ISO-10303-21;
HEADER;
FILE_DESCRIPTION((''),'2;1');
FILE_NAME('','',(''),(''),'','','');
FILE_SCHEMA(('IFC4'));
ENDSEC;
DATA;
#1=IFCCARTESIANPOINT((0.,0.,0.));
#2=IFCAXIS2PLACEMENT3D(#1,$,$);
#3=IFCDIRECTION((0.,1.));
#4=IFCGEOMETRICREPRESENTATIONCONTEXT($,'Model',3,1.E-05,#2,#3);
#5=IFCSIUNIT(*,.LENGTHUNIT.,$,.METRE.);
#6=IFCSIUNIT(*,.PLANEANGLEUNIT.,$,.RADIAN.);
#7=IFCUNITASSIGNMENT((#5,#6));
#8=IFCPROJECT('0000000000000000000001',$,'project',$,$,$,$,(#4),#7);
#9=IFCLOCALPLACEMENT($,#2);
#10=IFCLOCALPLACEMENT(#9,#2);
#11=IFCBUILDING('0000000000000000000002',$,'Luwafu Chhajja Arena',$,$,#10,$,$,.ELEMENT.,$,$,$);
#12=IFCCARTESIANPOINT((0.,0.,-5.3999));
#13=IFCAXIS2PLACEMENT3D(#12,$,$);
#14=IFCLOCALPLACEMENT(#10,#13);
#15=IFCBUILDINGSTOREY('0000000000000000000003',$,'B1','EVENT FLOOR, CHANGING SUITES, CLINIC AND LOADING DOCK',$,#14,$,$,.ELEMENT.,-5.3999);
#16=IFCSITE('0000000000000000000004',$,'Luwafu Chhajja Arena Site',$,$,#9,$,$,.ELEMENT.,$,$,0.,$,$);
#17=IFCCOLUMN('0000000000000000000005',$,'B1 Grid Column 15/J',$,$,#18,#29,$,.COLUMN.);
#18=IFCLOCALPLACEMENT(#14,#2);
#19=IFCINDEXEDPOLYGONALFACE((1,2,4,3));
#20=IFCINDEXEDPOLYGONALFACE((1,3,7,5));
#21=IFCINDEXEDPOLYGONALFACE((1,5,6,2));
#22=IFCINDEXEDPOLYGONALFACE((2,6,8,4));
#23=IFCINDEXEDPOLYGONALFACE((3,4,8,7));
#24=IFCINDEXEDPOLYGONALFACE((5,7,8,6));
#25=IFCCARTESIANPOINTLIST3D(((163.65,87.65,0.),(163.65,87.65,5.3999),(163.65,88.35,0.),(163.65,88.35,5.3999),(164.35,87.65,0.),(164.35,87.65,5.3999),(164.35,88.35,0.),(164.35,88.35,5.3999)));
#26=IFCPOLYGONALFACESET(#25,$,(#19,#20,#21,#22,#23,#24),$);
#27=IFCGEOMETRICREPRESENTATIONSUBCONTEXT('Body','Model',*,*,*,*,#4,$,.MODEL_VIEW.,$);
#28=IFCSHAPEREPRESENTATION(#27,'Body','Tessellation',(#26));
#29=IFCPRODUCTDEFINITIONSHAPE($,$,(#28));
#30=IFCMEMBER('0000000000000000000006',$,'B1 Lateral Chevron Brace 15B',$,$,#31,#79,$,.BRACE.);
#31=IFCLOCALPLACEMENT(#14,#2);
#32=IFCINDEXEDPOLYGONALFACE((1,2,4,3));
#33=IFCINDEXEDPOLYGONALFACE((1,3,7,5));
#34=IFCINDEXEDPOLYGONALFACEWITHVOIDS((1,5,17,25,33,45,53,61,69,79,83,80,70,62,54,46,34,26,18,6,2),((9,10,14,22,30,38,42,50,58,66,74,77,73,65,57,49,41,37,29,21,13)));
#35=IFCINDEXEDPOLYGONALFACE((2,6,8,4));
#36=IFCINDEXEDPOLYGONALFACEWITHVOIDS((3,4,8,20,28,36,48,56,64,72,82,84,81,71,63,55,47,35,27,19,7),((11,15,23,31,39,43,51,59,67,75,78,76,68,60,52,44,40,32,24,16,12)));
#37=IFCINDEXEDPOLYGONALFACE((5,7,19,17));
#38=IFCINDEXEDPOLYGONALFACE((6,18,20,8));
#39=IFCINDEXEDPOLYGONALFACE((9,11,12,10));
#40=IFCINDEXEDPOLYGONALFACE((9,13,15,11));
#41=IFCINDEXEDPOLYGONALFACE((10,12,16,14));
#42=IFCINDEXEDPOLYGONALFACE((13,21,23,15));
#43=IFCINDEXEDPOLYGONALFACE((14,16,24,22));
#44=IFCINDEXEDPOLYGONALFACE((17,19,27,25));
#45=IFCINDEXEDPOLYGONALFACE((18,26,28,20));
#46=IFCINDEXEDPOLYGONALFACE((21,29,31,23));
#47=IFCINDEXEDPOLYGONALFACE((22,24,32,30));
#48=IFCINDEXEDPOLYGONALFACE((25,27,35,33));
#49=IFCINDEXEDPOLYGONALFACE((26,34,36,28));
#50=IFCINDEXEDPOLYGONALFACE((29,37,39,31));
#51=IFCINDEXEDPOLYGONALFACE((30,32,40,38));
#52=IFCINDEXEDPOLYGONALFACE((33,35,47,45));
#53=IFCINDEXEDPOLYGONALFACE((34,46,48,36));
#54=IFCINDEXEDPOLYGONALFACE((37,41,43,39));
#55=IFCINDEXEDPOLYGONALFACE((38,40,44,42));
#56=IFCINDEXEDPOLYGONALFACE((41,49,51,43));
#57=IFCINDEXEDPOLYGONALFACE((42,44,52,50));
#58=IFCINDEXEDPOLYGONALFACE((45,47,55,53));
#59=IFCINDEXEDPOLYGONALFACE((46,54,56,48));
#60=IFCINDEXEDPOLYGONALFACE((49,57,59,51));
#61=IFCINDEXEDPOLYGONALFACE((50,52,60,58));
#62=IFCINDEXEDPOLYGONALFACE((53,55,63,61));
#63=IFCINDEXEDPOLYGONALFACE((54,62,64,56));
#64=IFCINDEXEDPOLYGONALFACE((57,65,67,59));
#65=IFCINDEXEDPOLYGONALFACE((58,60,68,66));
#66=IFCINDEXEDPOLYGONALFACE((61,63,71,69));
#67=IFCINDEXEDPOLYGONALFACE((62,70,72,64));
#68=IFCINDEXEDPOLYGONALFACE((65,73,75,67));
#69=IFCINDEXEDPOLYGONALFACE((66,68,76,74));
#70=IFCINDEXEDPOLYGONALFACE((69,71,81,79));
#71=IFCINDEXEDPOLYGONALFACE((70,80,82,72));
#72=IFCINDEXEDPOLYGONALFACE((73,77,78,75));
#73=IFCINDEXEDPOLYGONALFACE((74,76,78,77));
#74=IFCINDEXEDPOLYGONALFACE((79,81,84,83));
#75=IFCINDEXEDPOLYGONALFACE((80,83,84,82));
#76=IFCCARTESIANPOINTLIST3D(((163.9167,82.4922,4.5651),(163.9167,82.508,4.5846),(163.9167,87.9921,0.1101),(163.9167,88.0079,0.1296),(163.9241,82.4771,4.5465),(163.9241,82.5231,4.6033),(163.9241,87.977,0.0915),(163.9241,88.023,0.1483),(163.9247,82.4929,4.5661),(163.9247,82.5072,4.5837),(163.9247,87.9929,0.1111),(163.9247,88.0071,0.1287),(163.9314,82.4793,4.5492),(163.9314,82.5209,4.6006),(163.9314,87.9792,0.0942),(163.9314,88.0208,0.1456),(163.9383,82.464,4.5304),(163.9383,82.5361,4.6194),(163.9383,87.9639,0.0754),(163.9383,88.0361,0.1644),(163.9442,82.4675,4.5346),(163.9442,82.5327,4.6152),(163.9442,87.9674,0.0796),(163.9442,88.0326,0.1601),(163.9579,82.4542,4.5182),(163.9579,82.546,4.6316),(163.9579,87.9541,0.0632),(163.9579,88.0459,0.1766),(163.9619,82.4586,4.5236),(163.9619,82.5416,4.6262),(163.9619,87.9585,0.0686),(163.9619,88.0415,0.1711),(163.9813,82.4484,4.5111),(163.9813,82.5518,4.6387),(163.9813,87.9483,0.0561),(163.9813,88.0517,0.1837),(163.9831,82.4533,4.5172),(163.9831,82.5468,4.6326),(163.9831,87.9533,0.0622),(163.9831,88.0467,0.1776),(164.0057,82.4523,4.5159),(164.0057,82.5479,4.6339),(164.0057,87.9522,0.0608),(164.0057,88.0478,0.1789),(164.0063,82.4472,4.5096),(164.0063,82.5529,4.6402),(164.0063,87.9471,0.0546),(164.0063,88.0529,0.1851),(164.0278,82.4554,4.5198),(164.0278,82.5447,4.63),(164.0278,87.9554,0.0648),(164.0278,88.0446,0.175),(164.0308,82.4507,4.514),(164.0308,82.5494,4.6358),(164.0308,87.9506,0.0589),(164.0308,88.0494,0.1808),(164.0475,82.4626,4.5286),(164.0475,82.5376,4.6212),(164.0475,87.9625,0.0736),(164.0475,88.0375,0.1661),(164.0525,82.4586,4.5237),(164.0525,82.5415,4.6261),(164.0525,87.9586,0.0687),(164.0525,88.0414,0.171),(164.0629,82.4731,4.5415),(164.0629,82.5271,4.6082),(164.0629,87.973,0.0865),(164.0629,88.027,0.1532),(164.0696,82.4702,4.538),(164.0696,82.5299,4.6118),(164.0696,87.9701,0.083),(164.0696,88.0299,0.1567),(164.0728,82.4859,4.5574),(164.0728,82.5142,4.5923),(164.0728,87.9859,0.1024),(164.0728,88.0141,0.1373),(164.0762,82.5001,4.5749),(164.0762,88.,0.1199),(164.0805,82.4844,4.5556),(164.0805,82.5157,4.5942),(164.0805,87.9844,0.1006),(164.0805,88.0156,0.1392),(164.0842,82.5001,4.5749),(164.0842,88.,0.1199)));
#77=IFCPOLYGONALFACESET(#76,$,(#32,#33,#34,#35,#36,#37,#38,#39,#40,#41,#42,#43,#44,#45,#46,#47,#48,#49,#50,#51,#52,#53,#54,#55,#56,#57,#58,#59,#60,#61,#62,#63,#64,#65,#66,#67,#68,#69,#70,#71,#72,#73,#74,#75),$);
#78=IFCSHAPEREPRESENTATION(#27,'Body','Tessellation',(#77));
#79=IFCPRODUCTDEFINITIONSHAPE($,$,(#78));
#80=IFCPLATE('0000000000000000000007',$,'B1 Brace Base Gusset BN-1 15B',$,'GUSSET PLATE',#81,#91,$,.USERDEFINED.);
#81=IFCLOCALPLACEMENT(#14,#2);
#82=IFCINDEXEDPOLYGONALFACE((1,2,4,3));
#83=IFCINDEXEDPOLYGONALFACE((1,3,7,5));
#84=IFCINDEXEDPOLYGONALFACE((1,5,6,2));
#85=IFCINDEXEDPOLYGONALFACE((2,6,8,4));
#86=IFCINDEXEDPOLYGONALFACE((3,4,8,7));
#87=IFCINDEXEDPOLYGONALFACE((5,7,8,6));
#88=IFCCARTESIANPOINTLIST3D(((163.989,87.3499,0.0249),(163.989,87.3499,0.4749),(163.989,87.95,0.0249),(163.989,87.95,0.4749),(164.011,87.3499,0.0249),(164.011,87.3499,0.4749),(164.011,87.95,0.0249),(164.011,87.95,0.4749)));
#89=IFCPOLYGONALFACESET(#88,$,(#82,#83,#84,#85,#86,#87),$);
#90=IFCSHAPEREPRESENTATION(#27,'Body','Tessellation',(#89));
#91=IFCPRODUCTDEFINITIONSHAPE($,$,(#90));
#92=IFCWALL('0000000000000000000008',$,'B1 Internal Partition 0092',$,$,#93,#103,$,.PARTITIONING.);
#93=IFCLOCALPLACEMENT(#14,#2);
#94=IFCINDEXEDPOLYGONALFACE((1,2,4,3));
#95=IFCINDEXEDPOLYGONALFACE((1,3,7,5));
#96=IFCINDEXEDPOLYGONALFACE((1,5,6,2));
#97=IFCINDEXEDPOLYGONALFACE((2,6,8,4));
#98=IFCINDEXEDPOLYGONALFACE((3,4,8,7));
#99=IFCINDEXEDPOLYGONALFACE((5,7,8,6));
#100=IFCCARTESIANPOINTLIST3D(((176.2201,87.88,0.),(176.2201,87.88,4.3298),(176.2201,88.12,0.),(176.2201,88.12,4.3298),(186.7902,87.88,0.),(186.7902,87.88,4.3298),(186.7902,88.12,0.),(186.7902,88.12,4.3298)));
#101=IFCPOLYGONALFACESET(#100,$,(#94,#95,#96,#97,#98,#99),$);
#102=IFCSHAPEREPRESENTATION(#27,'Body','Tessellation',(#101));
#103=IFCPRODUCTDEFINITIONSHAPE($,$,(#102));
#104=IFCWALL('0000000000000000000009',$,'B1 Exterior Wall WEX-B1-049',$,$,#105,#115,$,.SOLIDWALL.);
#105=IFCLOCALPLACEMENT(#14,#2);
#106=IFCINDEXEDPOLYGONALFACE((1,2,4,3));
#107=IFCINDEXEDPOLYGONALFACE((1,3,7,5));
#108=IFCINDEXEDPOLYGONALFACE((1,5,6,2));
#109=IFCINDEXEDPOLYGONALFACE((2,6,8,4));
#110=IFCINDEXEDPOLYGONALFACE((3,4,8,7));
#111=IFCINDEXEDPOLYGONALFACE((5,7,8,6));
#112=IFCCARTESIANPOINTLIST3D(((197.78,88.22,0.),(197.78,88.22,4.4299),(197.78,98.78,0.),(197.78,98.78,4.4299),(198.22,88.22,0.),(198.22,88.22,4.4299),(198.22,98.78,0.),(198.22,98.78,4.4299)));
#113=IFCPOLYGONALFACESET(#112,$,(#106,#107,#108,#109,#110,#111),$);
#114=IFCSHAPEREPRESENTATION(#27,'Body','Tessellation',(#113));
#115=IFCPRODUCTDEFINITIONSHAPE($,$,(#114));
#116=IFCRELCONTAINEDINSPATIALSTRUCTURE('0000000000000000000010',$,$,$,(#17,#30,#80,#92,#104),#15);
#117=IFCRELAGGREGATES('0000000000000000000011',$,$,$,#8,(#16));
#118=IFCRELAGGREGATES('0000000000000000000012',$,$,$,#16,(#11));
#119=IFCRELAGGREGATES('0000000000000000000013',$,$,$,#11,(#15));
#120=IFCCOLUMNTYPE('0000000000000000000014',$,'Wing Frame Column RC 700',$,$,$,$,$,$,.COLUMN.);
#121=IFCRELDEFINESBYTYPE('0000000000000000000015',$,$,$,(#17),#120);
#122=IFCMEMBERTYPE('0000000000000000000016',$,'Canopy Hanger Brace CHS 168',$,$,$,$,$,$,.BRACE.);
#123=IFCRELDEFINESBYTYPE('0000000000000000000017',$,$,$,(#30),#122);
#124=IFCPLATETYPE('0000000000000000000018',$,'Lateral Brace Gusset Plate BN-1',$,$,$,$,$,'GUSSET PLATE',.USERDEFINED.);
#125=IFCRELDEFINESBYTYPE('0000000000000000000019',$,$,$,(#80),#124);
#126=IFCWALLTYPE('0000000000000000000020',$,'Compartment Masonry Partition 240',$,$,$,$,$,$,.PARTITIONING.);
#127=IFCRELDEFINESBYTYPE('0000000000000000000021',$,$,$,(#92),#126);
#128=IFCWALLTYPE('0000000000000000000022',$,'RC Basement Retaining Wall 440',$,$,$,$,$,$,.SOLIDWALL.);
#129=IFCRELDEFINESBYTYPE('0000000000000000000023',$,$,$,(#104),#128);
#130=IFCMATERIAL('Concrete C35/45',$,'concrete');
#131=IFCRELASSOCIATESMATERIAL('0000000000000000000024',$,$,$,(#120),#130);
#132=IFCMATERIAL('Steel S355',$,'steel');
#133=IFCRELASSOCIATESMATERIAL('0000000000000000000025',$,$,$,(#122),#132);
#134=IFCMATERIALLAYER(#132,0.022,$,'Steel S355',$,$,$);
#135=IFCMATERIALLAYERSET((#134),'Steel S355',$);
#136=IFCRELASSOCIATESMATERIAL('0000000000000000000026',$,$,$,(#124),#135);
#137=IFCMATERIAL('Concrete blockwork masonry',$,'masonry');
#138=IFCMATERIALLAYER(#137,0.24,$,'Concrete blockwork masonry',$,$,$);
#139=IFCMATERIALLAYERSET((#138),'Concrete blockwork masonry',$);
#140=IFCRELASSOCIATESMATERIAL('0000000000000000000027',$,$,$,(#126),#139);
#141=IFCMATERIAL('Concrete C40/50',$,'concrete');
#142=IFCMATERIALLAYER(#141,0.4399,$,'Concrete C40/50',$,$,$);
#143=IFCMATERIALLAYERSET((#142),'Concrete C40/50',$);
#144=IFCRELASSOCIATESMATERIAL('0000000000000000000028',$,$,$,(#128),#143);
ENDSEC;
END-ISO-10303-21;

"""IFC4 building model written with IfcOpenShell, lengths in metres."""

from ifc_helpers import new_model, si_unit, direction, frame, frame_2d, origin, origin_2d, place, context, subcontext, project, spatial, rectangle, hollow_circle, extrude, material, layer, layer_set, material_profile, profile_set, type_object, element, save


model = new_model("IFC4")

# Units and contexts
model_context = context("Model", 3, precision=1e-05, world=origin(), true_north=direction((0.0, 1.0)))
body_context = subcontext(model_context, "Body", "Model", "MODEL_VIEW")
ifc_project = project(units=[si_unit("LENGTHUNIT", "METRE"), si_unit("PLANEANGLEUNIT", "RADIAN")], contexts=[model_context])

# Site, building, storey
site_placement = place(None, origin())
site = spatial("IfcSite", under=ifc_project, at=site_placement, Name="Luwafu Chhajja Arena Site", CompositionType="ELEMENT", RefElevation=0.0)
building_placement = place(site_placement, origin())
building = spatial("IfcBuilding", under=site, at=building_placement, Name="Luwafu Chhajja Arena", CompositionType="ELEMENT")
storey_placement = place(building_placement, frame((0.0, 0.0, -5.3999)))
storey = spatial("IfcBuildingStorey", under=building, at=storey_placement, Name="B1", Description="EVENT FLOOR, CHANGING SUITES, CLINIC AND LOADING DOCK", CompositionType="ELEMENT", Elevation=-5.3999)

# Shared definitions
ifc_material_1 = material(Name="Concrete C35/45", Category="concrete")

# Column
ifc_material_2 = material(Name="Concrete C40/50", Category="concrete")
ifc_material_profile_1 = material_profile(ifc_material_1, rectangle(XDim=0.7, YDim=0.7, at=origin_2d()), Name="RC 700x700")
ifc_profile_set_1 = profile_set([ifc_material_profile_1], Name="Concrete C35/45")
column_type_1 = type_object("IfcColumnType", Name="Wing Frame Column RC 700", PredefinedType="COLUMN", material=ifc_profile_set_1)
column_1_placement = place(storey_placement, frame((164.0, 88.0, 0.0), z_axis=(0.0, 0.0, 1.0), x_axis=(1.0, 0.0, 0.0)))
element("IfcColumn", 1, at=column_1_placement, inside=storey, type_object=column_type_1, Name="B1 Grid Column 15/J", PredefinedType="COLUMN", context=body_context, shape_type="SweptSolid", body=[
    extrude(rectangle(XDim=0.7, YDim=0.7, at=origin_2d()), origin(), (0.0, 0.0, 1.0), 5.3999),
])

# Member
ifc_material_3 = material(Name="Steel S355", Category="steel")
ifc_material_profile_2 = material_profile(ifc_material_3, hollow_circle(Radius=0.0842, WallThickness=0.0081, at=origin_2d()), Name="CHS 168.3x8")
ifc_profile_set_2 = profile_set([ifc_material_profile_2], Name="Steel S355")
member_type = type_object("IfcMemberType", Name="Canopy Hanger Brace CHS 168", PredefinedType="BRACE", material=ifc_profile_set_2)
member_placement = place(storey_placement, frame((164.0, 88.0, 0.1199), z_axis=(0.0, -0.777058, 0.629428), x_axis=(1.0, 0.0, 0.0)))
element("IfcMember", 2, at=member_placement, inside=storey, type_object=member_type, Name="B1 Lateral Chevron Brace 15B", PredefinedType="BRACE", context=body_context, shape_type="SweptSolid", body=[
    extrude(hollow_circle(Radius=0.0842, WallThickness=0.0081, at=origin_2d()), origin(), (0.0, 0.0, 1.0), 7.0779),
])

# Plate
ifc_layer_1 = layer(ifc_material_3, 0.022, Name="Steel S355")
ifc_layer_set_1 = layer_set([ifc_layer_1], Name="Steel S355")
plate_type = type_object("IfcPlateType", Name="Lateral Brace Gusset Plate BN-1", ElementType="GUSSET PLATE", PredefinedType="USERDEFINED", material=ifc_layer_set_1)
plate_placement = place(storey_placement, frame((164.0, 87.6499, 0.0249), z_axis=(0.0, 0.0, 1.0), x_axis=(1.0, 0.0, 0.0)))
element("IfcPlate", 3, at=plate_placement, inside=storey, type_object=plate_type, Name="B1 Brace Base Gusset BN-1 15B", ObjectType="GUSSET PLATE", PredefinedType="USERDEFINED", context=body_context, shape_type="SweptSolid", body=[
    extrude(rectangle(XDim=0.022, YDim=0.6001, at=origin_2d()), origin(), (0.0, 0.0, 1.0), 0.45),
])

# Walls
ifc_material_4 = material(Name="Concrete blockwork masonry", Category="masonry")
ifc_layer_2 = layer(ifc_material_4, 0.24, Name="Concrete blockwork masonry")
ifc_layer_set_2 = layer_set([ifc_layer_2], Name="Concrete blockwork masonry")
wall_type_1 = type_object("IfcWallType", Name="Compartment Masonry Partition 240", PredefinedType="PARTITIONING", material=ifc_layer_set_2)
wall_1_placement = place(storey_placement, frame((176.22, 88.0, 0.0), z_axis=(0.0, 0.0, 1.0), x_axis=(1.0, 0.0, 0.0)))
element("IfcWall", 4, at=wall_1_placement, inside=storey, type_object=wall_type_1, Name="B1 Internal Partition 0092", PredefinedType="PARTITIONING", context=body_context, shape_type="SweptSolid", body=[
    extrude(rectangle(XDim=10.5701, YDim=0.24, at=frame_2d((5.2852, 0.0))), origin(), (0.0, 0.0, 1.0), 4.3298),
])
ifc_layer_3 = layer(ifc_material_2, 0.4399, Name="Concrete C40/50")
ifc_layer_set_3 = layer_set([ifc_layer_3], Name="Concrete C40/50")
wall_type_2 = type_object("IfcWallType", Name="RC Basement Retaining Wall 440", PredefinedType="SOLIDWALL", material=ifc_layer_set_3)
wall_2_placement = place(storey_placement, frame((198.0, 88.22, 0.0), z_axis=(0.0, 0.0, 1.0), x_axis=(0.0, 1.0, 0.0)))
element("IfcWall", 5, at=wall_2_placement, inside=storey, type_object=wall_type_2, Name="B1 Exterior Wall WEX-B1-049", PredefinedType="SOLIDWALL", context=body_context, shape_type="SweptSolid", body=[
    extrude(rectangle(XDim=10.5601, YDim=0.4399, at=frame_2d((5.28, 0.0))), origin(), (0.0, 0.0, 1.0), 4.4299),
])

save(model, "model.ifc")
